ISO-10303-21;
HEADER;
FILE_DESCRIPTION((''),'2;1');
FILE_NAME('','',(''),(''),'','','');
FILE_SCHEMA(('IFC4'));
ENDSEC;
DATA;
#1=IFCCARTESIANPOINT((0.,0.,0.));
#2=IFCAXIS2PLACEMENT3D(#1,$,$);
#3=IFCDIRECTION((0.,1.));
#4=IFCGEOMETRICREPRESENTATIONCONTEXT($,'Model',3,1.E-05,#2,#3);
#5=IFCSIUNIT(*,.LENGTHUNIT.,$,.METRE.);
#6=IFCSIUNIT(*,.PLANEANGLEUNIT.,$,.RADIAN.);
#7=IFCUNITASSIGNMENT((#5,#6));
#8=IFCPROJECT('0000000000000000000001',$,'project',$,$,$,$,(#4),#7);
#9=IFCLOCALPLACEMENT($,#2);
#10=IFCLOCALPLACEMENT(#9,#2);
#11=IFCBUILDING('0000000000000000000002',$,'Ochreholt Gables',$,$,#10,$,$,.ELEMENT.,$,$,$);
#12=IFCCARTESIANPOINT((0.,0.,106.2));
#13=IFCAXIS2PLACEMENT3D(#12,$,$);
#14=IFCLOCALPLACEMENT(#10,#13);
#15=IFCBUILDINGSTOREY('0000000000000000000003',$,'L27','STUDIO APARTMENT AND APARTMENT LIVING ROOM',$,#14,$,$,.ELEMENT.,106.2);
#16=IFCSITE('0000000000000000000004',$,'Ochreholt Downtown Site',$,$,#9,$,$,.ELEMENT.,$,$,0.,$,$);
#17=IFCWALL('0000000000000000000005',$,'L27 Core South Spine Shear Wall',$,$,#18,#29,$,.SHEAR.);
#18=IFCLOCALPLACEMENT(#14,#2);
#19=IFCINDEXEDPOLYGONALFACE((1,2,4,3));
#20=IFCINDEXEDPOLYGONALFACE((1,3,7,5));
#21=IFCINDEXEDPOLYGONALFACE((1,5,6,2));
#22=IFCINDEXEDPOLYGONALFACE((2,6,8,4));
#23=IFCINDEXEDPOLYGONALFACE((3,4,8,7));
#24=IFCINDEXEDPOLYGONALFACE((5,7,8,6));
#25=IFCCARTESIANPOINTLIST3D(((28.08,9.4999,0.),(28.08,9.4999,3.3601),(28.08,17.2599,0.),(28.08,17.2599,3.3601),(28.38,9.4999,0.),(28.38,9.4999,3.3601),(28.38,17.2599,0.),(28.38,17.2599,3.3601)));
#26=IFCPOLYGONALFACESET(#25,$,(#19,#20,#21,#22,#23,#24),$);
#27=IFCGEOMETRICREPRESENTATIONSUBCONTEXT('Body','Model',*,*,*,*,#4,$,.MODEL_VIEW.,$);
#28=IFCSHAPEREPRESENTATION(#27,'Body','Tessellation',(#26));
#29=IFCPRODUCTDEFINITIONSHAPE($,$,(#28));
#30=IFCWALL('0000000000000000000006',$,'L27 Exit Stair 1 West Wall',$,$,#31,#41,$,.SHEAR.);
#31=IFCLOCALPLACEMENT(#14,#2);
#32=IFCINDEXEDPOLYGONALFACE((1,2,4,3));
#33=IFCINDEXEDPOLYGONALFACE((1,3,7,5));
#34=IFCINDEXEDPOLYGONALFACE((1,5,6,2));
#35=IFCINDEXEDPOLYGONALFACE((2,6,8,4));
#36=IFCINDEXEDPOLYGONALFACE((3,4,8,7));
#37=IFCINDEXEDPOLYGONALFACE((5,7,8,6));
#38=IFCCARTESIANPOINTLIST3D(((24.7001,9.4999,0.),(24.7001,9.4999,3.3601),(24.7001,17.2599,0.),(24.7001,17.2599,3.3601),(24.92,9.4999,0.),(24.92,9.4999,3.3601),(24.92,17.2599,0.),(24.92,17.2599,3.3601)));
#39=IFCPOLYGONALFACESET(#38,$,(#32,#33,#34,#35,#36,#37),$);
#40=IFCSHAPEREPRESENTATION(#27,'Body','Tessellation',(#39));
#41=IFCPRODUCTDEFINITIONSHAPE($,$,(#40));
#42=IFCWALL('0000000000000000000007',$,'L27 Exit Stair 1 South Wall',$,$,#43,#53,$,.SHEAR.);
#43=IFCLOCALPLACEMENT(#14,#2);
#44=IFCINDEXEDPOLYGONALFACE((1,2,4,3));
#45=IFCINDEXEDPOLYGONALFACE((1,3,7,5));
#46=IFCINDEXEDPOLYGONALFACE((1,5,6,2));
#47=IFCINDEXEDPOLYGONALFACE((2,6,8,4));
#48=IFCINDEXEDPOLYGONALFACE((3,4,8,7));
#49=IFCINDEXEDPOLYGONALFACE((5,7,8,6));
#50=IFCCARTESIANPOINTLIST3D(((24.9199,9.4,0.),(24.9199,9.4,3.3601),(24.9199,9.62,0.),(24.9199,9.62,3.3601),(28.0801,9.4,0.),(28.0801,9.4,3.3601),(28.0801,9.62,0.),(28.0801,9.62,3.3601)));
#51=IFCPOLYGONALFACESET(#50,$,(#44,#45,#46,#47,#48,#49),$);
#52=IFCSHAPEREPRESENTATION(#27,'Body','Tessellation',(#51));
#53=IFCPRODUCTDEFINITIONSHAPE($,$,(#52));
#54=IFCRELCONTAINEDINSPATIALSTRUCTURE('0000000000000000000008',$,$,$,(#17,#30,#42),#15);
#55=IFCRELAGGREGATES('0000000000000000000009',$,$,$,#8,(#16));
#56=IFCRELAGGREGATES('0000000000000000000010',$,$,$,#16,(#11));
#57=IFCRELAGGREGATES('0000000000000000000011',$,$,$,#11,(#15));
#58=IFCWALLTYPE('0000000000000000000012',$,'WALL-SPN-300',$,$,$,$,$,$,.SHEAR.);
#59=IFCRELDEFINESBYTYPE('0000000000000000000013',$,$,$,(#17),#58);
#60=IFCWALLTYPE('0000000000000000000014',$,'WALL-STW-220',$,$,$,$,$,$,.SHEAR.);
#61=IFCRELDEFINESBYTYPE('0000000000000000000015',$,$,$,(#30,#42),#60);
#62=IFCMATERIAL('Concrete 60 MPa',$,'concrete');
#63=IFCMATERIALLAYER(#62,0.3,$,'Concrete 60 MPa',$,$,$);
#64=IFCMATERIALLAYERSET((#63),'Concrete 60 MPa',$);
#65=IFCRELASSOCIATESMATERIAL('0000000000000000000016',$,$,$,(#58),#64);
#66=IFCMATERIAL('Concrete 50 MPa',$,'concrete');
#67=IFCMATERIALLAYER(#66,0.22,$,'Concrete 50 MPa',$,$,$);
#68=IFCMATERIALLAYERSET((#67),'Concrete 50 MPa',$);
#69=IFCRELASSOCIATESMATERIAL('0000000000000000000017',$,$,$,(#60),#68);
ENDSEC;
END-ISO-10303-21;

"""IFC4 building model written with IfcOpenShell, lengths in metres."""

from ifc_helpers import new_model, si_unit, direction, frame, frame_2d, origin, place, context, subcontext, project, spatial, rectangle, extrude, material, layer, layer_set, type_object, element, save


model = new_model("IFC4")

# Units and contexts
model_context = context("Model", 3, precision=1e-05, world=origin(), true_north=direction((0.0, 1.0)))
body_context = subcontext(model_context, "Body", "Model", "MODEL_VIEW")
ifc_project = project(units=[si_unit("LENGTHUNIT", "METRE"), si_unit("PLANEANGLEUNIT", "RADIAN")], contexts=[model_context])

# Site, building, storey
site_placement = place(None, origin())
site = spatial("IfcSite", under=ifc_project, at=site_placement, Name="Ochreholt Downtown Site", CompositionType="ELEMENT", RefElevation=0.0)
building_placement = place(site_placement, origin())
building = spatial("IfcBuilding", under=site, at=building_placement, Name="Ochreholt Gables", CompositionType="ELEMENT")
storey_placement = place(building_placement, frame((0.0, 0.0, 106.2)))
storey = spatial("IfcBuildingStorey", under=building, at=storey_placement, Name="L27", Description="STUDIO APARTMENT AND APARTMENT LIVING ROOM", CompositionType="ELEMENT", Elevation=106.2)

# Shared definitions
ifc_material_1 = material(Name="Concrete 60 MPa", Category="concrete")

# Walls
ifc_layer_1 = layer(ifc_material_1, 0.3, Name="Concrete 60 MPa")
ifc_layer_set_1 = layer_set([ifc_layer_1], Name="Concrete 60 MPa")
wall_type_1 = type_object("IfcWallType", Name="WALL-SPN-300", PredefinedType="SHEAR", material=ifc_layer_set_1)
wall_1_placement = place(storey_placement, frame((28.23, 9.5, 0.0), z_axis=(0.0, 0.0, 1.0), x_axis=(0.0, 1.0, 0.0)))
element("IfcWall", 1, at=wall_1_placement, inside=storey, type_object=wall_type_1, Name="L27 Core South Spine Shear Wall", PredefinedType="SHEAR", context=body_context, shape_type="SweptSolid", body=[
    extrude(rectangle(XDim=7.76, YDim=0.3, at=frame_2d((3.8799, 0.0))), origin(), (0.0, 0.0, 1.0), 3.3601),
])
ifc_material_2 = material(Name="Concrete 50 MPa", Category="concrete")
ifc_layer_2 = layer(ifc_material_2, 0.22, Name="Concrete 50 MPa")
ifc_layer_set_2 = layer_set([ifc_layer_2], Name="Concrete 50 MPa")
wall_type_2 = type_object("IfcWallType", Name="WALL-STW-220", PredefinedType="SHEAR", material=ifc_layer_set_2)
wall_2_placement = place(storey_placement, frame((24.8101, 9.5, 0.0), z_axis=(0.0, 0.0, 1.0), x_axis=(0.0, 1.0, 0.0)))
element("IfcWall", 2, at=wall_2_placement, inside=storey, type_object=wall_type_2, Name="L27 Exit Stair 1 West Wall", PredefinedType="SHEAR", context=body_context, shape_type="SweptSolid", body=[
    extrude(rectangle(XDim=7.76, YDim=0.22, at=frame_2d((3.8799, 0.0))), origin(), (0.0, 0.0, 1.0), 3.3601),
])
wall_3_placement = place(storey_placement, frame((24.9199, 9.51, 0.0), z_axis=(0.0, 0.0, 1.0), x_axis=(1.0, 0.0, 0.0)))
element("IfcWall", 3, at=wall_3_placement, inside=storey, type_object=wall_type_2, Name="L27 Exit Stair 1 South Wall", PredefinedType="SHEAR", context=body_context, shape_type="SweptSolid", body=[
    extrude(rectangle(XDim=3.1602, YDim=0.22, at=frame_2d((1.5801, 0.0))), origin(), (0.0, 0.0, 1.0), 3.3601),
])

save(model, "model.ifc")
